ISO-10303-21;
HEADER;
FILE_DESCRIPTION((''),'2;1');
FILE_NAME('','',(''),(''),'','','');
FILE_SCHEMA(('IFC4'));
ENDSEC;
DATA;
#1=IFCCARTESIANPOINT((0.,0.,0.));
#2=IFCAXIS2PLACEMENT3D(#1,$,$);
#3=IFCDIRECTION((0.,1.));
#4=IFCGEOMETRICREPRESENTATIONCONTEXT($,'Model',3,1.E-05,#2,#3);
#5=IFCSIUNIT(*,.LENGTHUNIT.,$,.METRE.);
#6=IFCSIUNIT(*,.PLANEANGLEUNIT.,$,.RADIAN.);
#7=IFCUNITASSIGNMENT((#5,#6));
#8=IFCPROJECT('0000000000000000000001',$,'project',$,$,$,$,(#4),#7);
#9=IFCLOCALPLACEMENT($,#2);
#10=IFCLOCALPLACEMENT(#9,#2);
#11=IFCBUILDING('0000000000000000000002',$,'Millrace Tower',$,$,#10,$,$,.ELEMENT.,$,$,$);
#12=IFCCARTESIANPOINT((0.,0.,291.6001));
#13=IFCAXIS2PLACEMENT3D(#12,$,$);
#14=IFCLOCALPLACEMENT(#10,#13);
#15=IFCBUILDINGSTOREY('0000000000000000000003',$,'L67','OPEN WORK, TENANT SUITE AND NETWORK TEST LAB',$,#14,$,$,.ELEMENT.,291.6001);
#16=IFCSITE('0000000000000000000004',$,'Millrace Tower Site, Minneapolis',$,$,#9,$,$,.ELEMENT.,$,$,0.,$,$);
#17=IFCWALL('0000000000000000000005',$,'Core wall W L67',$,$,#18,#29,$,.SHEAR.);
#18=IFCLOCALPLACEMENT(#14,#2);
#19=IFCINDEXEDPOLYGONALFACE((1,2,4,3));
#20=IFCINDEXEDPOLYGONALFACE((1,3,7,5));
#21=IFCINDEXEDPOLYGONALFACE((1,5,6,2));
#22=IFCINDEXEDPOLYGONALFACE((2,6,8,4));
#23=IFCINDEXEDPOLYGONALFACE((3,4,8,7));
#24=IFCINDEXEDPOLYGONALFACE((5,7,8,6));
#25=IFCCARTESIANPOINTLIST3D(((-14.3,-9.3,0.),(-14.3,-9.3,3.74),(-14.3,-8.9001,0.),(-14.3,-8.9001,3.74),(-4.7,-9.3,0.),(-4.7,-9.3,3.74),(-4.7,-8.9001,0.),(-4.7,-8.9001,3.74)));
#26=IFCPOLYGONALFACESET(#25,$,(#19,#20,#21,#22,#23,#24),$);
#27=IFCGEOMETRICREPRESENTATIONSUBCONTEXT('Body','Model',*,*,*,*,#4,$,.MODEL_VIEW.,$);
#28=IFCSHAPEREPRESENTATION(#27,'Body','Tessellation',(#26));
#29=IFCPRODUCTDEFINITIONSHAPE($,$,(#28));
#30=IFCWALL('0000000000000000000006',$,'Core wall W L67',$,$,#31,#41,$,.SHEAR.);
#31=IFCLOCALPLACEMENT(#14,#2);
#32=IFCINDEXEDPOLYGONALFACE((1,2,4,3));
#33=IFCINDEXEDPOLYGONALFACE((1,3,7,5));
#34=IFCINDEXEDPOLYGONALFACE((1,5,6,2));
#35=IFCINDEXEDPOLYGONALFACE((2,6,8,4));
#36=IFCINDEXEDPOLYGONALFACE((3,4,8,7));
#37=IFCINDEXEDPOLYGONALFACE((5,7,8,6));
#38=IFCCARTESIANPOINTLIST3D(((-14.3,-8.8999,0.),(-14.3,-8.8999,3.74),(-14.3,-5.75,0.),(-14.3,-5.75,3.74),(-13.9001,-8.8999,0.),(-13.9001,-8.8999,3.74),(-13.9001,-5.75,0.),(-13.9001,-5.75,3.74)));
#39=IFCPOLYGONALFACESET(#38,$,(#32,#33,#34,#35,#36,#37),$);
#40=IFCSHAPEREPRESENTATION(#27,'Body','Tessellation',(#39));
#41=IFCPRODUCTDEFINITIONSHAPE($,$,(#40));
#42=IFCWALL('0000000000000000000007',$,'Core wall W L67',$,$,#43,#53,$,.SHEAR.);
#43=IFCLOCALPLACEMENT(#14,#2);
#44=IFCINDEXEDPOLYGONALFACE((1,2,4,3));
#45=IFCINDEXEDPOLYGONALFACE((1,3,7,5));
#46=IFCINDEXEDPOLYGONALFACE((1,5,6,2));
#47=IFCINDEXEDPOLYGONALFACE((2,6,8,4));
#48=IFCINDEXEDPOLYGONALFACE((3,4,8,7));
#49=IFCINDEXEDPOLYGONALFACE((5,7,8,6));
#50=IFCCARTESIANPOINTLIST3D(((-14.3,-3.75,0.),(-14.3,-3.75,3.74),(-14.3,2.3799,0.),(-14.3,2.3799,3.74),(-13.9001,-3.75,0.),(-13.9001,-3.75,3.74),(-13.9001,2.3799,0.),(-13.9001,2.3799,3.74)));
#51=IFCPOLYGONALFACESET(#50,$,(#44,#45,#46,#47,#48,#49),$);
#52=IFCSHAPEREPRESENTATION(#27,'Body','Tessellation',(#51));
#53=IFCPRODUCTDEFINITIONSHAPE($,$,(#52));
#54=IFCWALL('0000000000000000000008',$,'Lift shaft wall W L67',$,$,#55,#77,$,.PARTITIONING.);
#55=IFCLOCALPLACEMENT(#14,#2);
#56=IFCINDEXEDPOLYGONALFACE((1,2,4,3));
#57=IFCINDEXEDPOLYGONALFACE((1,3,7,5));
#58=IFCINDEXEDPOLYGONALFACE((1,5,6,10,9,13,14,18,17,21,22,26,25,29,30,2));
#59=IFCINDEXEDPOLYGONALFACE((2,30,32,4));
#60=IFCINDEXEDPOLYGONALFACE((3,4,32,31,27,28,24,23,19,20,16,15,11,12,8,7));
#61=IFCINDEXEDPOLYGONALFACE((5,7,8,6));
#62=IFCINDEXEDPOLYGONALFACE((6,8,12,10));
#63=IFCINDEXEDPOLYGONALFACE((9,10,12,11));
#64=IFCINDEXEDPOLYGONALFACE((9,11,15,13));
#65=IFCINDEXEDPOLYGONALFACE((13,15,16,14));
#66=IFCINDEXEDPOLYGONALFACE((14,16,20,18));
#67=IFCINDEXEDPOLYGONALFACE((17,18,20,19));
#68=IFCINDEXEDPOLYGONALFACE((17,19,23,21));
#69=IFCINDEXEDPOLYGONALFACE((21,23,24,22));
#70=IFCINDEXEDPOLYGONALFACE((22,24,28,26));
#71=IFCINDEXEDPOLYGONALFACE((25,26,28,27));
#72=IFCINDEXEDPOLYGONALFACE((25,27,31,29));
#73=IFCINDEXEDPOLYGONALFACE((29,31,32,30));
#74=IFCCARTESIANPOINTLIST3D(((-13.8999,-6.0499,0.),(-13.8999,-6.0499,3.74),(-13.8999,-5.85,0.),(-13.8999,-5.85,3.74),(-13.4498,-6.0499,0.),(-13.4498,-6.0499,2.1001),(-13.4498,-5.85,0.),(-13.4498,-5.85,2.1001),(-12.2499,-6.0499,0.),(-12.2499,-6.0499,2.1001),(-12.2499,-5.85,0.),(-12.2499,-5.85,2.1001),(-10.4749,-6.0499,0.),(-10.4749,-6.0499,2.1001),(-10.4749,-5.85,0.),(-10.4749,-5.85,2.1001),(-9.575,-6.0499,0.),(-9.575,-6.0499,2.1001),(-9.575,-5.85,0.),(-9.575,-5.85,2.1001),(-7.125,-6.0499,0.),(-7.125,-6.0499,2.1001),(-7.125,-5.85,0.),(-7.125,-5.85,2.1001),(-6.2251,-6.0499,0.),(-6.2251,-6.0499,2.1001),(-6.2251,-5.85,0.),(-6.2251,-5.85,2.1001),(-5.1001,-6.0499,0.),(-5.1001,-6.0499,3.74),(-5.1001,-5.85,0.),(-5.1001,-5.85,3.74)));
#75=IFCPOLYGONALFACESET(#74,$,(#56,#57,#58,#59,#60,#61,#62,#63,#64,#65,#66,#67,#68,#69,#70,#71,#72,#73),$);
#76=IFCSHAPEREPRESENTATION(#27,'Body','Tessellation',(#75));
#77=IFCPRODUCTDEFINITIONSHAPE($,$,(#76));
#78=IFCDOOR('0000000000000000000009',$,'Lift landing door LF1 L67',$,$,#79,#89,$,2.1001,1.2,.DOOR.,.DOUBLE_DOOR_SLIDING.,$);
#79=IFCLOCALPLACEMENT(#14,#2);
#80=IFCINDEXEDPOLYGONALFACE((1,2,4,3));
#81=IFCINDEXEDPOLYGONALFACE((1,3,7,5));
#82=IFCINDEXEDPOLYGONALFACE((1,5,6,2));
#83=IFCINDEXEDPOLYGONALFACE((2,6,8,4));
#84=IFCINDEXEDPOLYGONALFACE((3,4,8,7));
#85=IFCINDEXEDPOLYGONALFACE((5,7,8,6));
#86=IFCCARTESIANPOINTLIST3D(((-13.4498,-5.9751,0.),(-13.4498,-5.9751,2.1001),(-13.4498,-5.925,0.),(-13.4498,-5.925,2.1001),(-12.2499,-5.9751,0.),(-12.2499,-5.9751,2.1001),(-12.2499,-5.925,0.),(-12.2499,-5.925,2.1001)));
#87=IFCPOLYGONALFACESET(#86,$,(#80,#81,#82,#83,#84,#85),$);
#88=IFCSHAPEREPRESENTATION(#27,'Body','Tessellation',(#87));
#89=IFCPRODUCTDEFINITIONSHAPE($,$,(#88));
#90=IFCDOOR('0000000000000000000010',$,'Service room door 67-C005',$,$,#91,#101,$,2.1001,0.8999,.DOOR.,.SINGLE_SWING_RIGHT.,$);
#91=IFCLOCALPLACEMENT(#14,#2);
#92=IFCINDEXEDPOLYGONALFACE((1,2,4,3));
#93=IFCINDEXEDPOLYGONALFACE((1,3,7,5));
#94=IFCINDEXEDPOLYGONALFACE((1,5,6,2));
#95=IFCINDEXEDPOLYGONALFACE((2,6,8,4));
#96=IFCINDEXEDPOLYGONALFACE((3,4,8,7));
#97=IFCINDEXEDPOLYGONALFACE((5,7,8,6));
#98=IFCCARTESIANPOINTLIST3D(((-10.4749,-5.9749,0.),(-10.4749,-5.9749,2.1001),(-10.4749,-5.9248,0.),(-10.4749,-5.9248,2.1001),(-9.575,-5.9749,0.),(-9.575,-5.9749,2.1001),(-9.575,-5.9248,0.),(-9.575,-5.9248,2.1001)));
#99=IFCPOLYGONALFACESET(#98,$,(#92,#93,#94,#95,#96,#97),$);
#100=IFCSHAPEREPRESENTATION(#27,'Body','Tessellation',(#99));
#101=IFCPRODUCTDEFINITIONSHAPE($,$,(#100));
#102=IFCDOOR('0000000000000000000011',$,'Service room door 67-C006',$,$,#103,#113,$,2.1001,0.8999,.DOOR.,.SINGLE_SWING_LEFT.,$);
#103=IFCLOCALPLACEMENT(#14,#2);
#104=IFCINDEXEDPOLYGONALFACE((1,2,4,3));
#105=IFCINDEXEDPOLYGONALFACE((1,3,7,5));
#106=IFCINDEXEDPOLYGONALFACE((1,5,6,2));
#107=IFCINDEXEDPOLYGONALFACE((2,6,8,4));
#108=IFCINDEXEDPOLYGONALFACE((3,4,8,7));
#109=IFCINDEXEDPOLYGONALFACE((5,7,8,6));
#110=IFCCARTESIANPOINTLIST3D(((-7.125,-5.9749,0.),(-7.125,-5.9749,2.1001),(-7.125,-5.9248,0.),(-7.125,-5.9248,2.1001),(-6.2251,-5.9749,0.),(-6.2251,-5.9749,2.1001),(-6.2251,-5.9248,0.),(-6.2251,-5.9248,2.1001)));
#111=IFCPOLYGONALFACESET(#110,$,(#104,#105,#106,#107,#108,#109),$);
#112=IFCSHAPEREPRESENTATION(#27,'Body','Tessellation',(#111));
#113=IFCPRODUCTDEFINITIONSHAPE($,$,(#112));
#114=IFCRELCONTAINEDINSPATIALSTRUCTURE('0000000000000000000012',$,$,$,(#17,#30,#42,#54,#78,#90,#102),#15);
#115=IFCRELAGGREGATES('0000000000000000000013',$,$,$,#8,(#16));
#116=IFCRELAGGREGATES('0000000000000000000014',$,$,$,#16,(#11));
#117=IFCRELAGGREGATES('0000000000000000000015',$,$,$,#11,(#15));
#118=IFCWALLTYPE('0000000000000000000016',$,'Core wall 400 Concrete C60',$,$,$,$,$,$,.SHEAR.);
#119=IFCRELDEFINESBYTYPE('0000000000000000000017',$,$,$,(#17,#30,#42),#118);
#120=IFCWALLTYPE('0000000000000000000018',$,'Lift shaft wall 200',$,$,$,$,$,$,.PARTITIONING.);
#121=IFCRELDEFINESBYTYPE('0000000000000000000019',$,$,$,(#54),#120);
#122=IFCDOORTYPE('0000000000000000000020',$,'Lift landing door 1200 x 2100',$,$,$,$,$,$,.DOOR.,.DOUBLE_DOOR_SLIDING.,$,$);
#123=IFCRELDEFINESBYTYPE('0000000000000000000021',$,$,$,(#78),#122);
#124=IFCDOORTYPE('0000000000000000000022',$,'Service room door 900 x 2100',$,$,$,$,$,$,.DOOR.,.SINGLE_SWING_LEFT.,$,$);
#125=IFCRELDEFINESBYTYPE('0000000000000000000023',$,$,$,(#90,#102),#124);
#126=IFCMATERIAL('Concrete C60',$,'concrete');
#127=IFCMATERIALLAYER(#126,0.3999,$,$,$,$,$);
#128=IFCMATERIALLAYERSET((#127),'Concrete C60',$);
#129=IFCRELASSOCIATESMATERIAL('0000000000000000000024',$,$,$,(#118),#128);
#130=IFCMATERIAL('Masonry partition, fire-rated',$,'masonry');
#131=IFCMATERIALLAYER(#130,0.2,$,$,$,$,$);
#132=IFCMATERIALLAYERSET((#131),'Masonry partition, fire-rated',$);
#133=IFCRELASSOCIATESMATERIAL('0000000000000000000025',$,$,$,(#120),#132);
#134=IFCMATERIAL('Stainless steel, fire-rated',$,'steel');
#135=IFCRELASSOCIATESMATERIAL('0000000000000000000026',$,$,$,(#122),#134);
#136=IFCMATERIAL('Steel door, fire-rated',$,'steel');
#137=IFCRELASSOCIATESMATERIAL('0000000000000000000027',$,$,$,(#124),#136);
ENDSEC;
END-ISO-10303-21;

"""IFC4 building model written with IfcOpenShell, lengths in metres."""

from ifc_helpers import new_model, si_unit, direction, frame, frame_2d, origin, place, context, subcontext, project, spatial, rectangle, extrude, material, layer, layer_set, type_object, element, fill, save


model = new_model("IFC4")

# Units and contexts
model_context = context("Model", 3, precision=1e-05, world=origin(), true_north=direction((0.0, 1.0)))
body_context = subcontext(model_context, "Body", "Model", "MODEL_VIEW")
ifc_project = project(units=[si_unit("LENGTHUNIT", "METRE"), si_unit("PLANEANGLEUNIT", "RADIAN")], contexts=[model_context])

# Site, building, storey
site_placement = place(None, origin())
site = spatial("IfcSite", under=ifc_project, at=site_placement, Name="Millrace Tower Site, Minneapolis", CompositionType="ELEMENT", RefElevation=0.0)
building_placement = place(site_placement, origin())
building = spatial("IfcBuilding", under=site, at=building_placement, Name="Millrace Tower", CompositionType="ELEMENT")
storey_placement = place(building_placement, frame((0.0, 0.0, 291.6001)))
storey = spatial("IfcBuildingStorey", under=building, at=storey_placement, Name="L67", Description="OPEN WORK, TENANT SUITE AND NETWORK TEST LAB", CompositionType="ELEMENT", Elevation=291.6001)

# Walls
ifc_material_1 = material(Name="Concrete C60", Category="concrete")
ifc_layer_1 = layer(ifc_material_1, 0.3999)
ifc_layer_set_1 = layer_set([ifc_layer_1], Name="Concrete C60")
wall_type_1 = type_object("IfcWallType", Name="Core wall 400 Concrete C60", PredefinedType="SHEAR", material=ifc_layer_set_1)
wall_1_placement = place(storey_placement, frame((-14.3, -9.1001, 0.0), z_axis=(0.0, 0.0, 1.0), x_axis=(1.0, 0.0, 0.0)))
element("IfcWall", 1, at=wall_1_placement, inside=storey, type_object=wall_type_1, Name="Core wall W L67", PredefinedType="SHEAR", context=body_context, shape_type="SweptSolid", body=[
    extrude(rectangle(XDim=9.6001, YDim=0.3999, at=frame_2d((4.8, 0.0))), origin(), (0.0, 0.0, 1.0), 3.74),
])
wall_2_placement = place(storey_placement, frame((-14.1001, -8.8999, 0.0), z_axis=(0.0, 0.0, 1.0), x_axis=(0.0, 1.0, 0.0)))
element("IfcWall", 2, at=wall_2_placement, inside=storey, type_object=wall_type_1, Name="Core wall W L67", PredefinedType="SHEAR", context=body_context, shape_type="SweptSolid", body=[
    extrude(rectangle(XDim=3.1499, YDim=0.3999, at=frame_2d((1.575, 0.0))), origin(), (0.0, 0.0, 1.0), 3.74),
])
wall_3_placement = place(storey_placement, frame((-14.1001, -3.75, 0.0), z_axis=(0.0, 0.0, 1.0), x_axis=(0.0, 1.0, 0.0)))
element("IfcWall", 3, at=wall_3_placement, inside=storey, type_object=wall_type_1, Name="Core wall W L67", PredefinedType="SHEAR", context=body_context, shape_type="SweptSolid", body=[
    extrude(rectangle(XDim=6.1299, YDim=0.3999, at=frame_2d((3.0649, 0.0))), origin(), (0.0, 0.0, 1.0), 3.74),
])

# Wall, openings, doors
ifc_material_2 = material(Name="Masonry partition, fire-rated", Category="masonry")
ifc_layer_2 = layer(ifc_material_2, 0.2)
ifc_layer_set_2 = layer_set([ifc_layer_2], Name="Masonry partition, fire-rated")
wall_type_2 = type_object("IfcWallType", Name="Lift shaft wall 200", PredefinedType="PARTITIONING", material=ifc_layer_set_2)
wall_4_placement = place(storey_placement, frame((-13.8999, -5.95, 0.0), z_axis=(0.0, 0.0, 1.0), x_axis=(1.0, 0.0, 0.0)))
wall_4 = element("IfcWall", 4, at=wall_4_placement, inside=storey, type_object=wall_type_2, Name="Lift shaft wall W L67", PredefinedType="PARTITIONING", context=body_context, shape_type="SweptSolid", body=[
    extrude(rectangle(XDim=8.7998, YDim=0.2, at=frame_2d((4.3999, 0.0))), origin(), (0.0, 0.0, 1.0), 3.74),
])
opening_1_placement = place(wall_4_placement, frame((0.45, 0.0, 0.0)))
opening_1 = element("IfcOpeningElement", 5, at=opening_1_placement, cuts=wall_4, PredefinedType="OPENING", context=body_context, shape_type="SweptSolid", body=[
    extrude(rectangle(XDim=1.2, YDim=2.1001, at=frame_2d((0.6001, 1.05))), frame((0.0, 0.1099, 0.0), z_axis=(0.0, -1.0, 0.0), x_axis=(1.0, 0.0, 0.0)), (0.0, 0.0, 1.0), 0.22),
])
opening_2_placement = place(wall_4_placement, frame((3.425, 0.0, 0.0)))
opening_2 = element("IfcOpeningElement", 6, at=opening_2_placement, cuts=wall_4, PredefinedType="OPENING", context=body_context, shape_type="SweptSolid", body=[
    extrude(rectangle(XDim=0.8999, YDim=2.1001, at=frame_2d((0.45, 1.05))), frame((0.0, 0.1099, 0.0), z_axis=(0.0, -1.0, 0.0), x_axis=(1.0, 0.0, 0.0)), (0.0, 0.0, 1.0), 0.22),
])
opening_3_placement = place(wall_4_placement, frame((6.7749, 0.0, 0.0)))
opening_3 = element("IfcOpeningElement", 7, at=opening_3_placement, cuts=wall_4, PredefinedType="OPENING", context=body_context, shape_type="SweptSolid", body=[
    extrude(rectangle(XDim=0.8999, YDim=2.1001, at=frame_2d((0.45, 1.05))), frame((0.0, 0.1099, 0.0), z_axis=(0.0, -1.0, 0.0), x_axis=(1.0, 0.0, 0.0)), (0.0, 0.0, 1.0), 0.22),
])
ifc_material_3 = material(Name="Stainless steel, fire-rated", Category="steel")
door_type_1 = type_object("IfcDoorType", Name="Lift landing door 1200 x 2100", OperationType="DOUBLE_DOOR_SLIDING", PredefinedType="DOOR", material=ifc_material_3)
door_1_placement = place(opening_1_placement, origin())
door_1 = element("IfcDoor", 8, at=door_1_placement, inside=storey, type_object=door_type_1, Name="Lift landing door LF1 L67", OperationType="DOUBLE_DOOR_SLIDING", OverallHeight=2.1001, OverallWidth=1.2, PredefinedType="DOOR", context=body_context, shape_type="SweptSolid", body=[
    extrude(rectangle(XDim=1.2, YDim=2.1001, at=frame_2d((0.6001, 1.05))), frame((0.0, 0.0249, 0.0), z_axis=(0.0, -1.0, 0.0), x_axis=(1.0, 0.0, 0.0)), (0.0, 0.0, 1.0), 0.05),
])
fill(opening_1, door_1)
ifc_material_4 = material(Name="Steel door, fire-rated", Category="steel")
door_type_2 = type_object("IfcDoorType", Name="Service room door 900 x 2100", OperationType="SINGLE_SWING_LEFT", PredefinedType="DOOR", material=ifc_material_4)
door_2_placement = place(opening_2_placement, frame((0.8999, 0.0, 0.0), z_axis=(0.0, 0.0, 1.0), x_axis=(-1.0, 0.0, 0.0)))
door_2 = element("IfcDoor", 9, at=door_2_placement, inside=storey, type_object=door_type_2, Name="Service room door 67-C005", OperationType="SINGLE_SWING_RIGHT", OverallHeight=2.1001, OverallWidth=0.8999, PredefinedType="DOOR", context=body_context, shape_type="SweptSolid", body=[
    extrude(rectangle(XDim=0.8999, YDim=2.1001, at=frame_2d((0.45, 1.05))), frame((0.0, 0.0249, 0.0), z_axis=(0.0, -1.0, 0.0), x_axis=(1.0, 0.0, 0.0)), (0.0, 0.0, 1.0), 0.05),
])
fill(opening_2, door_2)
door_3_placement = place(opening_3_placement, frame((0.8999, 0.0, 0.0), z_axis=(0.0, 0.0, 1.0), x_axis=(-1.0, 0.0, 0.0)))
door_3 = element("IfcDoor", 10, at=door_3_placement, inside=storey, type_object=door_type_2, Name="Service room door 67-C006", OperationType="SINGLE_SWING_LEFT", OverallHeight=2.1001, OverallWidth=0.8999, PredefinedType="DOOR", context=body_context, shape_type="SweptSolid", body=[
    extrude(rectangle(XDim=0.8999, YDim=2.1001, at=frame_2d((0.45, 1.05))), frame((0.0, 0.0249, 0.0), z_axis=(0.0, -1.0, 0.0), x_axis=(1.0, 0.0, 0.0)), (0.0, 0.0, 1.0), 0.05),
])
fill(opening_3, door_3)

save(model, "model.ifc")
